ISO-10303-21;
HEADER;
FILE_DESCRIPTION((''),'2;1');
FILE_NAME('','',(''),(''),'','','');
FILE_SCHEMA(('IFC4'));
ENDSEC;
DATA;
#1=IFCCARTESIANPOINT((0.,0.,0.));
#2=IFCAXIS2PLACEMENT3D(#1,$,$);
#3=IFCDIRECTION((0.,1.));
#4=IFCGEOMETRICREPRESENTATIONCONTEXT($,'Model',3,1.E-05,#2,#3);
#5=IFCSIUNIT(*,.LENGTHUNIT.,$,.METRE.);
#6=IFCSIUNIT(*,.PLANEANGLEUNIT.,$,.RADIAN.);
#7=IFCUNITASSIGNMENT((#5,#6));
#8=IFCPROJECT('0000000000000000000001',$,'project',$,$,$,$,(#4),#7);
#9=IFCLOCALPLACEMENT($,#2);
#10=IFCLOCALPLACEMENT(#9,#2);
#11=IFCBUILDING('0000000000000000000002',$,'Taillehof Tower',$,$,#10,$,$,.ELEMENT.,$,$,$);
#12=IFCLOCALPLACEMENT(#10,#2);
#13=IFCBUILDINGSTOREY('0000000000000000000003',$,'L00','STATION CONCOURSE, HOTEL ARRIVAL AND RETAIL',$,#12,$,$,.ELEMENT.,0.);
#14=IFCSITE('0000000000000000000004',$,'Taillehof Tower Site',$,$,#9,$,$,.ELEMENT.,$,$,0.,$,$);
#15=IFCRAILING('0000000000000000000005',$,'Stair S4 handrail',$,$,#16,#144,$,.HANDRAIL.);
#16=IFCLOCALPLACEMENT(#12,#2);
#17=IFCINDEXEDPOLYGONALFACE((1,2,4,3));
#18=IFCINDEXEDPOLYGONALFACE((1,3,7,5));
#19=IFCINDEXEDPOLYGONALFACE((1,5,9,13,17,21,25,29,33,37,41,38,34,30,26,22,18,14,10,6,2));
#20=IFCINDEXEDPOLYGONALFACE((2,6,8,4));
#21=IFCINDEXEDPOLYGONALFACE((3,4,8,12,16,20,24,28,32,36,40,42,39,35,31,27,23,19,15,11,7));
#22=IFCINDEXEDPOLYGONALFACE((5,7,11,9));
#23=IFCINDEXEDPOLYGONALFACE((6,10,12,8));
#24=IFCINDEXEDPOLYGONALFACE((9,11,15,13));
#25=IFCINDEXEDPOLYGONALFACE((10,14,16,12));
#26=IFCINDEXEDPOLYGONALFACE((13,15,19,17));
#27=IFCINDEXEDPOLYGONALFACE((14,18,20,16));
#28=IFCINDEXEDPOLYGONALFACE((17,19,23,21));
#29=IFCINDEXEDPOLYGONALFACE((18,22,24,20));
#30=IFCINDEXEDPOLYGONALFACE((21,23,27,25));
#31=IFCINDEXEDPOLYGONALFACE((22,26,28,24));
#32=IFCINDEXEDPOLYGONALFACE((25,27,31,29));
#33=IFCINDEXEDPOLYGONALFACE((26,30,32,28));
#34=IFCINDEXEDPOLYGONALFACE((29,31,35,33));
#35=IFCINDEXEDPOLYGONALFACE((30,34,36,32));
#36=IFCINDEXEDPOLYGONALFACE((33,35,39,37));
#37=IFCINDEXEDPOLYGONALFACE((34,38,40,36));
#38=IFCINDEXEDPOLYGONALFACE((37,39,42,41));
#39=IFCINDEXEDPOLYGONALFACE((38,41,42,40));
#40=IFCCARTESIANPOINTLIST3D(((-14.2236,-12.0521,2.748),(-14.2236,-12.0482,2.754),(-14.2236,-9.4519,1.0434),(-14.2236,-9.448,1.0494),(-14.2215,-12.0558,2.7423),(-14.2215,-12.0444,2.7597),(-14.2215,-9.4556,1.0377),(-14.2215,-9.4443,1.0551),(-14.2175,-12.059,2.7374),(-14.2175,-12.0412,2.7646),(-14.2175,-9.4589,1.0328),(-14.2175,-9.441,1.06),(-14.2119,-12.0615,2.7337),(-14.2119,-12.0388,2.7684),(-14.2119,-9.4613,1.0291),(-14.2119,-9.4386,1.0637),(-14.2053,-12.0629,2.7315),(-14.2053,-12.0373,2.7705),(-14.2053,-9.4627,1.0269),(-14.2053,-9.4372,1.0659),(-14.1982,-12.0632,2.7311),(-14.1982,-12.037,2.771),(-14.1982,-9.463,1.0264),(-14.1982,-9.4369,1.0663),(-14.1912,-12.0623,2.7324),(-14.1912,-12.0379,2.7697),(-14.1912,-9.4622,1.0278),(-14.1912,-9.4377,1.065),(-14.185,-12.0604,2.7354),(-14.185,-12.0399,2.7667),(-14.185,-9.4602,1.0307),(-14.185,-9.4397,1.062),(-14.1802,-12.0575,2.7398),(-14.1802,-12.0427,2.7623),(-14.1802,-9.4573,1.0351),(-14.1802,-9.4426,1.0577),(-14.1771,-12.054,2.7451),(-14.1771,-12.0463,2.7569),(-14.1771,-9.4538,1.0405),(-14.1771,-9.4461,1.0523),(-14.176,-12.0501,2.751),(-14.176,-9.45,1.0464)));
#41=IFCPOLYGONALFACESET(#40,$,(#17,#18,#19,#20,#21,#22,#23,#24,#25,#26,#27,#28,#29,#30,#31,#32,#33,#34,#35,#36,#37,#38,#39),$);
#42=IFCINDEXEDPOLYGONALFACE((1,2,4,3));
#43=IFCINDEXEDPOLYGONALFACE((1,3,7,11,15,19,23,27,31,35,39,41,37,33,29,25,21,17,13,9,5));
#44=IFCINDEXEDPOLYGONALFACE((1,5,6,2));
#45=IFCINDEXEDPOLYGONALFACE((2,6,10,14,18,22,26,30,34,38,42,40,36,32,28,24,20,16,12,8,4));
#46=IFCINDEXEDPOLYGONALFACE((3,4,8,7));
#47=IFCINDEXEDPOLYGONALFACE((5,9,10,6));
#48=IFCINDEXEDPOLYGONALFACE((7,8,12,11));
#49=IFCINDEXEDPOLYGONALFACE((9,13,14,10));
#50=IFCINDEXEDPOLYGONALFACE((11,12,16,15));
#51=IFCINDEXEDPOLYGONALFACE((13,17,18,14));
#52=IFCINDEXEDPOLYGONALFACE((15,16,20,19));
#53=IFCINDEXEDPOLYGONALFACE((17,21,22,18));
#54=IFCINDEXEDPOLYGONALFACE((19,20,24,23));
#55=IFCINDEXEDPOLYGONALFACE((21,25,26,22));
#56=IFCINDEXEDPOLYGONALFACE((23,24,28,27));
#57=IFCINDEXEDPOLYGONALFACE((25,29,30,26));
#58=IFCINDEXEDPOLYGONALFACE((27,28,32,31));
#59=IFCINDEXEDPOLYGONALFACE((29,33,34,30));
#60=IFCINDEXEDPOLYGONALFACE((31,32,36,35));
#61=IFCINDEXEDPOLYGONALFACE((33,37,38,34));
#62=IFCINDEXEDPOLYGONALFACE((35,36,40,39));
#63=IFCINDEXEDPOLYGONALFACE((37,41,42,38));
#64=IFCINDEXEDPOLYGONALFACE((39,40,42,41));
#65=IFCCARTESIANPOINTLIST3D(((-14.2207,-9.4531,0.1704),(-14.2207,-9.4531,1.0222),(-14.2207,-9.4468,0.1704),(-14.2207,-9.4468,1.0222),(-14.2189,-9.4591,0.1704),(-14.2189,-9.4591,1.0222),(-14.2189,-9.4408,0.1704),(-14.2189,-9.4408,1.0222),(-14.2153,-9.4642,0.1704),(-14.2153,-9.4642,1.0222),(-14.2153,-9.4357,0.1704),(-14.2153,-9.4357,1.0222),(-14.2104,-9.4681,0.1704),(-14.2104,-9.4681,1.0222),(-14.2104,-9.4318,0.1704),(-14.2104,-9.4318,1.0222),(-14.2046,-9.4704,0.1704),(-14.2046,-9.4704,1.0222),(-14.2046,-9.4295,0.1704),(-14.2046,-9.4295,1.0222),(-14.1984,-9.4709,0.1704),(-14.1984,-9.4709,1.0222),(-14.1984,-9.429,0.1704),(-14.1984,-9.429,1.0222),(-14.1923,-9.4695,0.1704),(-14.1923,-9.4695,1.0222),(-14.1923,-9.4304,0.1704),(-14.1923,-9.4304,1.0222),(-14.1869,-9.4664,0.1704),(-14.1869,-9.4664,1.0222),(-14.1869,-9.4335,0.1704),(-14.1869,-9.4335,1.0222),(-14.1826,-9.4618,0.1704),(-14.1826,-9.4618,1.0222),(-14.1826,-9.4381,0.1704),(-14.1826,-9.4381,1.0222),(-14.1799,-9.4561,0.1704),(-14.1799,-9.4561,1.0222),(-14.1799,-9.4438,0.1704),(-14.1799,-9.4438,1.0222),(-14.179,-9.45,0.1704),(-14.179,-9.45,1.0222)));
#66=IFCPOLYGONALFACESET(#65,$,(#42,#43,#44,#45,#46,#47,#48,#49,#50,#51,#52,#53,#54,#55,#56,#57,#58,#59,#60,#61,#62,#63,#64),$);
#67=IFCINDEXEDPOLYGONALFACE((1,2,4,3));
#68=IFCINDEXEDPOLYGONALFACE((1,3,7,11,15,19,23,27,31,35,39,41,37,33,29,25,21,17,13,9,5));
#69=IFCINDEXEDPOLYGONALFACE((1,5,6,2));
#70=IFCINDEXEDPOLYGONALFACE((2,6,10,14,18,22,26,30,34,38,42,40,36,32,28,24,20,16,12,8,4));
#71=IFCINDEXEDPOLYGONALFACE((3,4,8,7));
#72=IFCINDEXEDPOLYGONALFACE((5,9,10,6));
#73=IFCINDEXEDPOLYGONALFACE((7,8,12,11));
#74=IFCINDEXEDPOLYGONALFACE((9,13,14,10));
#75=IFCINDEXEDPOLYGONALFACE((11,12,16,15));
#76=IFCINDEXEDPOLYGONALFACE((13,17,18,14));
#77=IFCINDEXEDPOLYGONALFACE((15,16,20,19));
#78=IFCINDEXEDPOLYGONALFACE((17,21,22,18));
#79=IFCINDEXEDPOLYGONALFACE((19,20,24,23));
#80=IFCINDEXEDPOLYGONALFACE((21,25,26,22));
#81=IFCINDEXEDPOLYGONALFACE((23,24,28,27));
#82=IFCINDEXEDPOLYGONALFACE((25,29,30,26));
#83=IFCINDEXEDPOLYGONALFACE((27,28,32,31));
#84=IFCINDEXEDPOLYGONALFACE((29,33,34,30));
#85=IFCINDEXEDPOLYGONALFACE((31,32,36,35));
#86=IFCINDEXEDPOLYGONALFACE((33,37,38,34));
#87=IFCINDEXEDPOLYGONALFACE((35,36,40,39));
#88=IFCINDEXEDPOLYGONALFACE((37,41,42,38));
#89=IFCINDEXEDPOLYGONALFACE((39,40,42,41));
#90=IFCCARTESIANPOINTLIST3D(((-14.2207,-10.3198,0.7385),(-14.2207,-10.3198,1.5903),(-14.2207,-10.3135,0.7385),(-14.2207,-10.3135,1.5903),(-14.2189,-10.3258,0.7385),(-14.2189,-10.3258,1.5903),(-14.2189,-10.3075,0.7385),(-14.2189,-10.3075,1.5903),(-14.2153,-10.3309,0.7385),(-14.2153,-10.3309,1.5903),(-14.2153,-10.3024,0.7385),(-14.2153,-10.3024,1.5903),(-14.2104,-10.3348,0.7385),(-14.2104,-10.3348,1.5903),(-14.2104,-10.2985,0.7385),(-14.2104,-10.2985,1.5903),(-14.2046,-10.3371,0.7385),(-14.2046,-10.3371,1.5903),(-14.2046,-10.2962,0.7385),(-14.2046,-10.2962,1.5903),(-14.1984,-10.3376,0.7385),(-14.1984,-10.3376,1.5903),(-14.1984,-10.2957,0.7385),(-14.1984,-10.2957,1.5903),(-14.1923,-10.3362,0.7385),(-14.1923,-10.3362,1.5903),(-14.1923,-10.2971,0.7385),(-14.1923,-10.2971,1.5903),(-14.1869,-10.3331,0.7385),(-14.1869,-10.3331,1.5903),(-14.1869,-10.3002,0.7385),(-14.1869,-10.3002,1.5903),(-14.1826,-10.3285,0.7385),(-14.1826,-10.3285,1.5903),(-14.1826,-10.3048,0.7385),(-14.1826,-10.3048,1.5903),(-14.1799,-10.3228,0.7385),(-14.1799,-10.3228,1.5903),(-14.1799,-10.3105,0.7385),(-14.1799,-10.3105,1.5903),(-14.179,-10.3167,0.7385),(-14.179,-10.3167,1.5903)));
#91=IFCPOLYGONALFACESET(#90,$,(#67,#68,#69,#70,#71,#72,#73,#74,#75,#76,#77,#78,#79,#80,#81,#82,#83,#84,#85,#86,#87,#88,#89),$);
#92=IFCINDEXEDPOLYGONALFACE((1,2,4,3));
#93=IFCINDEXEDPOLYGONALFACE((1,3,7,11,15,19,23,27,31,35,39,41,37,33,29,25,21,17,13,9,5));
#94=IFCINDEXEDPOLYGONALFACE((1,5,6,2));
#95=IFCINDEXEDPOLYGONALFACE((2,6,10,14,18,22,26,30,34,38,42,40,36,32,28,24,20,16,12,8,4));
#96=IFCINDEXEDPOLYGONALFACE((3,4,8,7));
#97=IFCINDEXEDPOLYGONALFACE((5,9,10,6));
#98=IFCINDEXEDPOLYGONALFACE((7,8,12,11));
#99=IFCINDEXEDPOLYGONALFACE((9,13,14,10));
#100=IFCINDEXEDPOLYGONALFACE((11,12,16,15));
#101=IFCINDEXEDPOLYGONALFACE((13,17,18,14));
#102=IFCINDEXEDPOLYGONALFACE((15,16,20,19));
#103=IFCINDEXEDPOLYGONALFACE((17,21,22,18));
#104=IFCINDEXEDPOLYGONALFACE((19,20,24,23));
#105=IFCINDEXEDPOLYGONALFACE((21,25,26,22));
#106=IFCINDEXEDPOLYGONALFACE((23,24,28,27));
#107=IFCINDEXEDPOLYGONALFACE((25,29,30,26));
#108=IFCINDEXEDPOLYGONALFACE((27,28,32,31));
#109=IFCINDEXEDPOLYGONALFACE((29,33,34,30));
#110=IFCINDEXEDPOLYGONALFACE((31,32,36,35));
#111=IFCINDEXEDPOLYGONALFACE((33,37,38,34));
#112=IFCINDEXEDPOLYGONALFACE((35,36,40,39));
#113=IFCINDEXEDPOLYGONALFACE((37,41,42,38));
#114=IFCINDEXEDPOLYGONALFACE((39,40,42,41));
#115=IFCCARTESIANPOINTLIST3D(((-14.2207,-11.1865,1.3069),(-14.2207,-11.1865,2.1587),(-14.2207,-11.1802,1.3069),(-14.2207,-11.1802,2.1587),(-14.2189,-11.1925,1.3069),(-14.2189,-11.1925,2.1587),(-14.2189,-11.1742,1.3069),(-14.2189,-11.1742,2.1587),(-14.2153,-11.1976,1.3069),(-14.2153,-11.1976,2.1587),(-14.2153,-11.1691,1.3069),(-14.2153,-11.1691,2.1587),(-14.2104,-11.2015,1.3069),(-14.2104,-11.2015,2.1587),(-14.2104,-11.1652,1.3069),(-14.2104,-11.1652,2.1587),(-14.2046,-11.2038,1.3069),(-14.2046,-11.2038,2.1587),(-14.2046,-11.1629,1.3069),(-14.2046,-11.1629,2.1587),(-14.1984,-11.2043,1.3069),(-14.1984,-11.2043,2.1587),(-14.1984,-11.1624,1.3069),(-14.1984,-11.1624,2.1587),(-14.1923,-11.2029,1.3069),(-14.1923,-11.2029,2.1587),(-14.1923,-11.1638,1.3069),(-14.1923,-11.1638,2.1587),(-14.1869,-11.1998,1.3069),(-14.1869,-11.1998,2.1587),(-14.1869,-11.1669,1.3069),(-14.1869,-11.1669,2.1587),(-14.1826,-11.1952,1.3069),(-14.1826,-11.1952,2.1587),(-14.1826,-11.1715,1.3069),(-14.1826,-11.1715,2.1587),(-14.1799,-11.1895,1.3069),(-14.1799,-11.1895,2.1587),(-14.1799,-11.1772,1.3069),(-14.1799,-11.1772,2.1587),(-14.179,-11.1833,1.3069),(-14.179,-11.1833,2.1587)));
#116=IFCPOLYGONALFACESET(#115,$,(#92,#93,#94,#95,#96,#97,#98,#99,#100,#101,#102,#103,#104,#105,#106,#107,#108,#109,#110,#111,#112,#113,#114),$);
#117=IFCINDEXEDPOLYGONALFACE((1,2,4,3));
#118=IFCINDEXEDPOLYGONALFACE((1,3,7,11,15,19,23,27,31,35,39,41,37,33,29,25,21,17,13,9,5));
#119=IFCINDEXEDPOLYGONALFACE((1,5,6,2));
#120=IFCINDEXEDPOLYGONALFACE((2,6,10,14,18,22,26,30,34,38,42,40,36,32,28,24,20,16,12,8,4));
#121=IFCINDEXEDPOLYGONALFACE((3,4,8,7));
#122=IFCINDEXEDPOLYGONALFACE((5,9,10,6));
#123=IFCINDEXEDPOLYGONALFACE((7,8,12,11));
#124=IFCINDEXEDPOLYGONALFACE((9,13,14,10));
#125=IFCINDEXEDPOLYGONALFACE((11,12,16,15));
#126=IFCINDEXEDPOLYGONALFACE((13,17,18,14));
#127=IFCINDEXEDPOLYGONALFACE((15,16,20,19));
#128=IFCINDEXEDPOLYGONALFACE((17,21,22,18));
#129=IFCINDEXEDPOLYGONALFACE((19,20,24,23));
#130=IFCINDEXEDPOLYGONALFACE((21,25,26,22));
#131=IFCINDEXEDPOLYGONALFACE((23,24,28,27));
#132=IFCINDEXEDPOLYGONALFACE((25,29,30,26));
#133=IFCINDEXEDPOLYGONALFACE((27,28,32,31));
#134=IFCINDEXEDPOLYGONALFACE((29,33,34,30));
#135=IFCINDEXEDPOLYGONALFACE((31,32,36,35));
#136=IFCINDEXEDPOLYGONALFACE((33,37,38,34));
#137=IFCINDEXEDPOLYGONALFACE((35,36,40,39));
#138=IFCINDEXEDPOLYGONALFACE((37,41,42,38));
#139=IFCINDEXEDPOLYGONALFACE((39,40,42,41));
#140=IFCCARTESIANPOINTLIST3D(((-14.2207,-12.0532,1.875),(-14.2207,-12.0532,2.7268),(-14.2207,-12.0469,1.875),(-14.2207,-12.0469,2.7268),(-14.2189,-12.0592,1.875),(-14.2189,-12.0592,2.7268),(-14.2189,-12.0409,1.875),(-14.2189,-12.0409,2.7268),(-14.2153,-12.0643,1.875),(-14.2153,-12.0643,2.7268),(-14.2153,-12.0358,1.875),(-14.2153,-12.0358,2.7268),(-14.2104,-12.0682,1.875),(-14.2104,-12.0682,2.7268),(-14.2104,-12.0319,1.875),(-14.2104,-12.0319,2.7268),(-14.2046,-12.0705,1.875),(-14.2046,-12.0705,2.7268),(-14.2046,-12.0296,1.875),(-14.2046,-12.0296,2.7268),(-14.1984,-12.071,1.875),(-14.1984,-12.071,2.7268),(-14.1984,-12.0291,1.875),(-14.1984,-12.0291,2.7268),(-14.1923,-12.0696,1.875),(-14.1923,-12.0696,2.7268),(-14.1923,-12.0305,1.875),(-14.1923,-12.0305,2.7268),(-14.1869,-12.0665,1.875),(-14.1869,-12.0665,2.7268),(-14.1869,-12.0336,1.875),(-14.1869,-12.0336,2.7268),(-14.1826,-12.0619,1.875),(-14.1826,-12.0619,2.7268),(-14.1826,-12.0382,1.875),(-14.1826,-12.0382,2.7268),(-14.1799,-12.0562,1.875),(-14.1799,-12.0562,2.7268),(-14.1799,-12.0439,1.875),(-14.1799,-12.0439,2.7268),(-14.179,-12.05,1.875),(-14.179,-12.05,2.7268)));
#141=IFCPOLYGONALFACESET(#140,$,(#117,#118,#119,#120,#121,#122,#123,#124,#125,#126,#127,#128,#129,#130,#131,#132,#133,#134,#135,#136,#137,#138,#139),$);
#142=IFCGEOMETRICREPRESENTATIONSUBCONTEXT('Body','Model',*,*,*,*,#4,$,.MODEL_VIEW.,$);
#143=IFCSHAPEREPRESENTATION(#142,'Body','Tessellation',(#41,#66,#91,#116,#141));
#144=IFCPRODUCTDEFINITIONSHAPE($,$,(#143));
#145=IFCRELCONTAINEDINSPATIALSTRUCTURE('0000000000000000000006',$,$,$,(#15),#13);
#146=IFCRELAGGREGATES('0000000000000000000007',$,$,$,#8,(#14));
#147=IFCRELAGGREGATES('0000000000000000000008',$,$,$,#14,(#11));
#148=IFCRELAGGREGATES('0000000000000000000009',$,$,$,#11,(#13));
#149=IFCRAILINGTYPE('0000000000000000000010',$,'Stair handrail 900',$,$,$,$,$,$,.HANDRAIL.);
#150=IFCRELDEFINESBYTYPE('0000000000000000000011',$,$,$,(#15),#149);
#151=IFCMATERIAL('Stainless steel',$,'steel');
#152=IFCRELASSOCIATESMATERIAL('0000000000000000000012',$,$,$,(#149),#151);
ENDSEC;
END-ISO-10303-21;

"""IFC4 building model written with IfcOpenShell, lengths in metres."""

from ifc_helpers import new_model, si_unit, direction, frame, origin, origin_2d, place, context, subcontext, project, spatial, circle, extrude, material, type_object, element, save


model = new_model("IFC4")

# Units and contexts
model_context = context("Model", 3, precision=1e-05, world=origin(), true_north=direction((0.0, 1.0)))
body_context = subcontext(model_context, "Body", "Model", "MODEL_VIEW")
ifc_project = project(units=[si_unit("LENGTHUNIT", "METRE"), si_unit("PLANEANGLEUNIT", "RADIAN")], contexts=[model_context])

# Site, building, storey
site_placement = place(None, origin())
site = spatial("IfcSite", under=ifc_project, at=site_placement, Name="Taillehof Tower Site", CompositionType="ELEMENT", RefElevation=0.0)
building_placement = place(site_placement, origin())
building = spatial("IfcBuilding", under=site, at=building_placement, Name="Taillehof Tower", CompositionType="ELEMENT")
storey_placement = place(building_placement, origin())
storey = spatial("IfcBuildingStorey", under=building, at=storey_placement, Name="L00", Description="STATION CONCOURSE, HOTEL ARRIVAL AND RETAIL", CompositionType="ELEMENT", Elevation=0.0)

# Railing
ifc_material_1 = material(Name="Stainless steel", Category="steel")
railing_type_1 = type_object("IfcRailingType", Name="Stair handrail 900", PredefinedType="HANDRAIL", material=ifc_material_1)
for number, where, name in (
    (1, (-14.2, -9.45, 0.1704), "Stair S4 handrail"),
):
    element("IfcRailing", number, at=place(storey_placement, frame(where)), inside=storey, type_object=railing_type_1, Name=name, PredefinedType="HANDRAIL", context=body_context, shape_type="SweptSolid", body=[
        extrude(circle(Radius=0.0239, at=origin_2d()), frame((0.0, 0.0, 0.876), z_axis=(0.0, -0.836302, 0.548269), x_axis=(1.0, 0.0, 0.0)), (0.0, 0.0, 1.0), 3.1091),
        extrude(circle(Radius=0.021, at=origin_2d()), origin(), (0.0, 0.0, 1.0), 0.8518),
        extrude(circle(Radius=0.021, at=origin_2d()), frame((0.0, -0.8667, 0.5681)), (0.0, 0.0, 1.0), 0.8518),
        extrude(circle(Radius=0.021, at=origin_2d()), frame((0.0, -1.7334, 1.1365)), (0.0, 0.0, 1.0), 0.8518),
        extrude(circle(Radius=0.021, at=origin_2d()), frame((0.0, -2.6001, 1.7046)), (0.0, 0.0, 1.0), 0.8518),
    ])

save(model, "model.ifc")
